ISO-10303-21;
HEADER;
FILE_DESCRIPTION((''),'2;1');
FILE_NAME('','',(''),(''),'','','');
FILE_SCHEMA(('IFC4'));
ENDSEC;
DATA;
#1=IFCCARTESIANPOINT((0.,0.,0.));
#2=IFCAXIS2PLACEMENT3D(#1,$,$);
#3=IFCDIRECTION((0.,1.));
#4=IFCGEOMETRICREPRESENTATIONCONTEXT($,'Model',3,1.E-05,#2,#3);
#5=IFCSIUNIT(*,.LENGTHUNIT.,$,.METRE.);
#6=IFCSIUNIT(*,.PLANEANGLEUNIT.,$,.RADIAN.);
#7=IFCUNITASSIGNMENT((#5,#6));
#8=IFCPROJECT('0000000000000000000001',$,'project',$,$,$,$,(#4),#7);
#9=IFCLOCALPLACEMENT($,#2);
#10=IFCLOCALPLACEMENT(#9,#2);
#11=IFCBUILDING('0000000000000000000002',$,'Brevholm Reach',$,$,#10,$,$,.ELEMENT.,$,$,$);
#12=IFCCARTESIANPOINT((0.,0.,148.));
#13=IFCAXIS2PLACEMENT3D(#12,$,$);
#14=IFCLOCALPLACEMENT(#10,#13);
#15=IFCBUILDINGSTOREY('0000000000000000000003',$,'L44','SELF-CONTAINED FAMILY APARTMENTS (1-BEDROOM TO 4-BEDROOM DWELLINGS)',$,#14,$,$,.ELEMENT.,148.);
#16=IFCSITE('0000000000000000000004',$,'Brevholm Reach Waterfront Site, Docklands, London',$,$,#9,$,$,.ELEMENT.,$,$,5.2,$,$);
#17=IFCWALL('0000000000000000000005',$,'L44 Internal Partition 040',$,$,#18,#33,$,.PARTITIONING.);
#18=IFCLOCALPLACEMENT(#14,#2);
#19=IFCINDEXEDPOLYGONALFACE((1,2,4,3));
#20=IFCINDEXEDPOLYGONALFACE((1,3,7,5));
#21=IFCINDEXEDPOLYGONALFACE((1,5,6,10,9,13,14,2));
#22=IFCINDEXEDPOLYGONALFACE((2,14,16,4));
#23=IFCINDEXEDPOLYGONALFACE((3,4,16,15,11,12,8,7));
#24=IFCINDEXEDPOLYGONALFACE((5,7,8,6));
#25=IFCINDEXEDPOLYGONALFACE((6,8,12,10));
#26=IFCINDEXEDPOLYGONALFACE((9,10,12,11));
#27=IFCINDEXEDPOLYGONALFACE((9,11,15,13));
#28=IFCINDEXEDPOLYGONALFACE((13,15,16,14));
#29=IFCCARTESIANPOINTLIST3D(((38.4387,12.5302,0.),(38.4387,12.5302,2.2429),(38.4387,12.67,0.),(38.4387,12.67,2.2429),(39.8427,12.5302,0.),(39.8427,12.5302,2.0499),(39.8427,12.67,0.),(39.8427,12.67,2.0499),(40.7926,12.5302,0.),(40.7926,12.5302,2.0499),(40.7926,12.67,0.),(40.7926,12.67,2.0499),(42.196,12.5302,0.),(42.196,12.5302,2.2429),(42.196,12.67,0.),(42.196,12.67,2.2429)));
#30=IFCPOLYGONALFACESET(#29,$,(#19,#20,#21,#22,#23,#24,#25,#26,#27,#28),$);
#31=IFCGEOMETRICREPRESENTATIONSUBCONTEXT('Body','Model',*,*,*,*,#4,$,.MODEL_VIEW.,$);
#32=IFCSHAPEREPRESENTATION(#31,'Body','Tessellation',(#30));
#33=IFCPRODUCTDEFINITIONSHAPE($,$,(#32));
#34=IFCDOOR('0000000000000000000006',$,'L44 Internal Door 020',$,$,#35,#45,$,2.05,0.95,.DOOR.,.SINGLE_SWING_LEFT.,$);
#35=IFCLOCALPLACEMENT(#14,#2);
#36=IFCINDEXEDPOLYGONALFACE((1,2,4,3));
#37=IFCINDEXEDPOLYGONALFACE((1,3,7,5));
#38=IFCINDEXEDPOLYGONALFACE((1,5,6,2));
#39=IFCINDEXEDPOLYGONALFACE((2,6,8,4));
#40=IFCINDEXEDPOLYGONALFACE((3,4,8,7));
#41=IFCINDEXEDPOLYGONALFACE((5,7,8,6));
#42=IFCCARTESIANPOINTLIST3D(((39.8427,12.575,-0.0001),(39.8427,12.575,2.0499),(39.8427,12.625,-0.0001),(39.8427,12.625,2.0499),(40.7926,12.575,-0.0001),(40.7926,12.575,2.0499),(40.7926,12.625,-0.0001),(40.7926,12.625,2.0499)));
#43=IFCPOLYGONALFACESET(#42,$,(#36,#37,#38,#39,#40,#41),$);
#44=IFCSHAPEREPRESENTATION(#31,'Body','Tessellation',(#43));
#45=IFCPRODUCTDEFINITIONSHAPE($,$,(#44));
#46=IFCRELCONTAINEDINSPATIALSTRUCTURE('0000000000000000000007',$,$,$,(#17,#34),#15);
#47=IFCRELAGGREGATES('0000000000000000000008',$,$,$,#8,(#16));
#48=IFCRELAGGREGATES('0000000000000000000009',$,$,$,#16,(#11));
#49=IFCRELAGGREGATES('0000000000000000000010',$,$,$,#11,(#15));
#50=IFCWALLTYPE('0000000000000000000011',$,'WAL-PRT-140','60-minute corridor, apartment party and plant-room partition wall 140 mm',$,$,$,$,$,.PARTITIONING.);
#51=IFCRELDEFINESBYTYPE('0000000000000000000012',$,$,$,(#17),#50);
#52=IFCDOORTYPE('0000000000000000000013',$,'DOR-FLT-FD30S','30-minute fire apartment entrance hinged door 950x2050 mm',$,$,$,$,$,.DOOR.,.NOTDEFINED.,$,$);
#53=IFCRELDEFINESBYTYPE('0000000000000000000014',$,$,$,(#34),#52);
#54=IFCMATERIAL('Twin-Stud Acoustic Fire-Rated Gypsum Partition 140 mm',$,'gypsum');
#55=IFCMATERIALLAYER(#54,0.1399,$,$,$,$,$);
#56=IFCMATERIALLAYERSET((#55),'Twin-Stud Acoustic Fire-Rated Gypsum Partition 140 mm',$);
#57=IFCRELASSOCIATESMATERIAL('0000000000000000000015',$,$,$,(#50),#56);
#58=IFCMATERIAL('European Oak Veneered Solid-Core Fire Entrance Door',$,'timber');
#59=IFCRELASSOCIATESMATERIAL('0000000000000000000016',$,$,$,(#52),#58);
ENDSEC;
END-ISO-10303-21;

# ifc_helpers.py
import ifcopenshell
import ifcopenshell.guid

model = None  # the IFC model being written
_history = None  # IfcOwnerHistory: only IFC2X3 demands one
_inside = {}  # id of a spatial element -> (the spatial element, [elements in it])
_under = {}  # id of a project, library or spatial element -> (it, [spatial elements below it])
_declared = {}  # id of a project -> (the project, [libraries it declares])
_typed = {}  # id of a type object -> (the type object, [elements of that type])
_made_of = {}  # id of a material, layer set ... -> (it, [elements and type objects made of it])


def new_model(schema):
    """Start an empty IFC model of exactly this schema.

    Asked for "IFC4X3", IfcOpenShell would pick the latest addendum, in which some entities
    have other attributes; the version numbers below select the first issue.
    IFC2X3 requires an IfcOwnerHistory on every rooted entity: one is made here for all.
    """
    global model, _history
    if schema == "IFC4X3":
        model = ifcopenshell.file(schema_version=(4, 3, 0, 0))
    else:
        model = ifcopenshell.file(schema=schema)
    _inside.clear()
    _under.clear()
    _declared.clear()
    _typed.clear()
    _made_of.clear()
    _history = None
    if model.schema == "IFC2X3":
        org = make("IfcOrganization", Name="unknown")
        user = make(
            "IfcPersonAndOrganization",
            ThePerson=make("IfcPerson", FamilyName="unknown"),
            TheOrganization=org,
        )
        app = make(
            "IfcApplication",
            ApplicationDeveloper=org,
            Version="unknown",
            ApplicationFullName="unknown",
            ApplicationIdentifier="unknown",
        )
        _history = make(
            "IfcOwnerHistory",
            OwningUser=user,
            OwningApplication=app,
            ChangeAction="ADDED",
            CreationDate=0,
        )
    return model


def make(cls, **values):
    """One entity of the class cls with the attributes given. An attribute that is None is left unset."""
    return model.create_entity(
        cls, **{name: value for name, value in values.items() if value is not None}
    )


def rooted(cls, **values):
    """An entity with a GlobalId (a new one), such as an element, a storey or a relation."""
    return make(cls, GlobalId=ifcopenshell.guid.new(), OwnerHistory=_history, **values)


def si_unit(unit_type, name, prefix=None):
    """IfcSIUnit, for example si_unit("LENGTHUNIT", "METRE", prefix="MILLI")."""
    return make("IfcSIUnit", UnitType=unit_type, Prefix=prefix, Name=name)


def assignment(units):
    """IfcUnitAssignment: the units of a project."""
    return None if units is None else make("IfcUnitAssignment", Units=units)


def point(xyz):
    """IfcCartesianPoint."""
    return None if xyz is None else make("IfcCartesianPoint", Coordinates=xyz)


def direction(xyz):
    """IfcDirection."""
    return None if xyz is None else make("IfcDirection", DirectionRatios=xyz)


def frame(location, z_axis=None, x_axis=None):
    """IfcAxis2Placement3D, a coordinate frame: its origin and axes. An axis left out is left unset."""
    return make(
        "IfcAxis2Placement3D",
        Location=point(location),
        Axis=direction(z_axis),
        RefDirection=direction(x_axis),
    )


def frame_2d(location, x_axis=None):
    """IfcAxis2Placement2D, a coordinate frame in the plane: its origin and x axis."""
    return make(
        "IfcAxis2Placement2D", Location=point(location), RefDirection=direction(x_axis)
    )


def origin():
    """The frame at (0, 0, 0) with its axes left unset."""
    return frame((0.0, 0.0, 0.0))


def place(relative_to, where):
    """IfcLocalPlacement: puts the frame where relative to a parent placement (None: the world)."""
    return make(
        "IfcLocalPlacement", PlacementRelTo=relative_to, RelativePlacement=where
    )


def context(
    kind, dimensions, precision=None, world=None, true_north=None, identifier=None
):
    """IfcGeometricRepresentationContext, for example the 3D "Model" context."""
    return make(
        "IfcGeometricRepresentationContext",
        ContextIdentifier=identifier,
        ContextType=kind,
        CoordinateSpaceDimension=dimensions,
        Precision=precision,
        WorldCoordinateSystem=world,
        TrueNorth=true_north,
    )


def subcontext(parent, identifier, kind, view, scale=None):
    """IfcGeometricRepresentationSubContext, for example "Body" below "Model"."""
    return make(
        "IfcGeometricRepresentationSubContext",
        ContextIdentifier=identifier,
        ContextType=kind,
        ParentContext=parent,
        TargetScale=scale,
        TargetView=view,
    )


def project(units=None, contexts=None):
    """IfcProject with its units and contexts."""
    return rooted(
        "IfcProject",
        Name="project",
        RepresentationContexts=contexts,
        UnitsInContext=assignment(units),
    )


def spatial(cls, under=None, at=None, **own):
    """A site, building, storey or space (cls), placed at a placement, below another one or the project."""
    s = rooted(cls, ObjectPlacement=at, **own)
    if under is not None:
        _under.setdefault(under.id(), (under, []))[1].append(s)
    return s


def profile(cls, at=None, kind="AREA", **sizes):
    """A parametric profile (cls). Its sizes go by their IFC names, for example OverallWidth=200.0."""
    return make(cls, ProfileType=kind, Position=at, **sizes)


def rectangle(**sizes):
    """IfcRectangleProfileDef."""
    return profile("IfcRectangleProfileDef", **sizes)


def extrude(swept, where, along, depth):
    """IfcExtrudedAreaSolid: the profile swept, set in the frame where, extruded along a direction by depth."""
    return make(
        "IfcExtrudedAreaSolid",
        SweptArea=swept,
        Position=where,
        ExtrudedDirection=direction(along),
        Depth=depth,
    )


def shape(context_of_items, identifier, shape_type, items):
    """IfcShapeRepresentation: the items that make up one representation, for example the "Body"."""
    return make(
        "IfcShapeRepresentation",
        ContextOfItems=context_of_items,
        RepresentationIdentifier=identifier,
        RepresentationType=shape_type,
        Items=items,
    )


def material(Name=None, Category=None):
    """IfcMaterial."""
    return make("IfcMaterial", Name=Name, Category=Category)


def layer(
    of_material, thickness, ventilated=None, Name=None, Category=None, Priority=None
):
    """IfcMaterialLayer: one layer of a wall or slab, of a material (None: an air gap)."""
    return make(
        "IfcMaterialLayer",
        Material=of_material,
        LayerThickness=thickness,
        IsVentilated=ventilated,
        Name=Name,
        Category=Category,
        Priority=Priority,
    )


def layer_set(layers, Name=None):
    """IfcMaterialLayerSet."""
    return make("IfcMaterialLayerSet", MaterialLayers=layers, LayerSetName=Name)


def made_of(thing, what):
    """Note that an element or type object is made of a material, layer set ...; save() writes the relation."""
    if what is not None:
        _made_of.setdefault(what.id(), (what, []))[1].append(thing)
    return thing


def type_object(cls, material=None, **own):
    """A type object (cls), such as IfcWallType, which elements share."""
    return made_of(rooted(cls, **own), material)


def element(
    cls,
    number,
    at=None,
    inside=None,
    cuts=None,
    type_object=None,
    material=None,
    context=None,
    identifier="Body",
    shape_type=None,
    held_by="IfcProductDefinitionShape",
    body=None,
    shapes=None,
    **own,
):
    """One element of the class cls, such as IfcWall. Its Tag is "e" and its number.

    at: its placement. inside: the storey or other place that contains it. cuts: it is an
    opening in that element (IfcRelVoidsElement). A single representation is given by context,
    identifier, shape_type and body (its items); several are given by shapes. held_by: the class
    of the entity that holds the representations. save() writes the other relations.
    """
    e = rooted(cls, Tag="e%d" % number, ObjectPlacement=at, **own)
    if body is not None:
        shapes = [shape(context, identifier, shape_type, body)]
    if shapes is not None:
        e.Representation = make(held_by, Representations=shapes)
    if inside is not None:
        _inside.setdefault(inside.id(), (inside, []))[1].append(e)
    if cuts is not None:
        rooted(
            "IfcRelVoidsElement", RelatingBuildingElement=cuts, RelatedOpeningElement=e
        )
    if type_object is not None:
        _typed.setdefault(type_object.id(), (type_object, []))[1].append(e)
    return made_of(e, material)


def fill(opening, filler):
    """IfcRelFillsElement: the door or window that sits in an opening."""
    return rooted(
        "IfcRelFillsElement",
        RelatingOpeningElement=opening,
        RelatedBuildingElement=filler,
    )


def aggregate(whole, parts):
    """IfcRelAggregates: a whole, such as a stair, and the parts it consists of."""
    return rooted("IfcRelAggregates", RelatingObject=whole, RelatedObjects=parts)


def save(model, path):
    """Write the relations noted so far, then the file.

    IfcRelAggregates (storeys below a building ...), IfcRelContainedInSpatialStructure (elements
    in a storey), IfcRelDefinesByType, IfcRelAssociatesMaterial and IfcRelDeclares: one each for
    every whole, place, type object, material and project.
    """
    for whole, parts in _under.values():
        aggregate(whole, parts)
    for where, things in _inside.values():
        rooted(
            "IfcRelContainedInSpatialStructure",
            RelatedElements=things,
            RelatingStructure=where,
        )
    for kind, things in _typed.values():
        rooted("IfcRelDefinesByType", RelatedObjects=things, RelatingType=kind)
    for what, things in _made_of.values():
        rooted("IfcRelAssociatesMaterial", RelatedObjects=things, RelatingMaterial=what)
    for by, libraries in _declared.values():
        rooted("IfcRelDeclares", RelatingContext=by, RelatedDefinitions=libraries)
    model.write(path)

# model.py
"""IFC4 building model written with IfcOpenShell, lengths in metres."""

from ifc_helpers import new_model, si_unit, direction, frame, frame_2d, origin, place, context, subcontext, project, spatial, rectangle, extrude, material, layer, layer_set, type_object, element, fill, save


model = new_model("IFC4")

# Units and contexts
model_context = context("Model", 3, precision=1e-05, world=origin(), true_north=direction((0.0, 1.0)))
body_context = subcontext(model_context, "Body", "Model", "MODEL_VIEW")
ifc_project = project(units=[si_unit("LENGTHUNIT", "METRE"), si_unit("PLANEANGLEUNIT", "RADIAN")], contexts=[model_context])

# Site, building, storey
site_placement = place(None, origin())
site = spatial("IfcSite", under=ifc_project, at=site_placement, Name="Brevholm Reach Waterfront Site, Docklands, London", CompositionType="ELEMENT", RefElevation=5.2)
building_placement = place(site_placement, origin())
building = spatial("IfcBuilding", under=site, at=building_placement, Name="Brevholm Reach", CompositionType="ELEMENT")
storey_placement = place(building_placement, frame((0.0, 0.0, 148.0)))
storey = spatial("IfcBuildingStorey", under=building, at=storey_placement, Name="L44", Description="SELF-CONTAINED FAMILY APARTMENTS (1-BEDROOM TO 4-BEDROOM DWELLINGS)", CompositionType="ELEMENT", Elevation=148.0)

# Wall, opening, door
ifc_material_1 = material(Name="Twin-Stud Acoustic Fire-Rated Gypsum Partition 140 mm", Category="gypsum")
ifc_layer_1 = layer(ifc_material_1, 0.1399)
ifc_layer_set_1 = layer_set([ifc_layer_1], Name="Twin-Stud Acoustic Fire-Rated Gypsum Partition 140 mm")
wall_type_1 = type_object("IfcWallType", Name="WAL-PRT-140", Description="60-minute corridor, apartment party and plant-room partition wall 140 mm", PredefinedType="PARTITIONING", material=ifc_layer_set_1)
wall_1_placement = place(storey_placement, frame((38.4387, 12.6001, 0.0), z_axis=(0.0, 0.0, 1.0), x_axis=(1.0, 0.0, 0.0)))
wall_1 = element("IfcWall", 1, at=wall_1_placement, inside=storey, type_object=wall_type_1, Name="L44 Internal Partition 040", PredefinedType="PARTITIONING", context=body_context, shape_type="SweptSolid", body=[
    extrude(rectangle(XDim=3.7573, YDim=0.1399, at=frame_2d((1.8787, 0.0))), origin(), (0.0, 0.0, 1.0), 2.2429),
])
opening_1_placement = place(wall_1_placement, frame((1.4038, 0.0, 0.0)))
opening_1 = element("IfcOpeningElement", 2, at=opening_1_placement, cuts=wall_1, PredefinedType="OPENING", context=body_context, shape_type="SweptSolid", body=[
    extrude(rectangle(XDim=0.95, YDim=2.05, at=frame_2d((0.4751, 1.0249))), frame((0.0, 0.0798, 0.0), z_axis=(0.0, -1.0, 0.0), x_axis=(1.0, 0.0, 0.0)), (0.0, 0.0, 1.0), 0.1599),
])
ifc_material_2 = material(Name="European Oak Veneered Solid-Core Fire Entrance Door", Category="timber")
door_type = type_object("IfcDoorType", Name="DOR-FLT-FD30S", Description="30-minute fire apartment entrance hinged door 950x2050 mm", OperationType="NOTDEFINED", PredefinedType="DOOR", material=ifc_material_2)
door_placement = place(opening_1_placement, origin())
door = element("IfcDoor", 3, at=door_placement, inside=storey, type_object=door_type, Name="L44 Internal Door 020", OperationType="SINGLE_SWING_LEFT", OverallHeight=2.05, OverallWidth=0.95, PredefinedType="DOOR", context=body_context, shape_type="SweptSolid", body=[
    extrude(rectangle(XDim=0.95, YDim=2.05, at=frame_2d((0.4751, 1.0249))), frame((0.0, 0.0249, 0.0), z_axis=(0.0, -1.0, 0.0), x_axis=(1.0, 0.0, 0.0)), (0.0, 0.0, 1.0), 0.05),
])
fill(opening_1, door)

save(model, "model.ifc")
